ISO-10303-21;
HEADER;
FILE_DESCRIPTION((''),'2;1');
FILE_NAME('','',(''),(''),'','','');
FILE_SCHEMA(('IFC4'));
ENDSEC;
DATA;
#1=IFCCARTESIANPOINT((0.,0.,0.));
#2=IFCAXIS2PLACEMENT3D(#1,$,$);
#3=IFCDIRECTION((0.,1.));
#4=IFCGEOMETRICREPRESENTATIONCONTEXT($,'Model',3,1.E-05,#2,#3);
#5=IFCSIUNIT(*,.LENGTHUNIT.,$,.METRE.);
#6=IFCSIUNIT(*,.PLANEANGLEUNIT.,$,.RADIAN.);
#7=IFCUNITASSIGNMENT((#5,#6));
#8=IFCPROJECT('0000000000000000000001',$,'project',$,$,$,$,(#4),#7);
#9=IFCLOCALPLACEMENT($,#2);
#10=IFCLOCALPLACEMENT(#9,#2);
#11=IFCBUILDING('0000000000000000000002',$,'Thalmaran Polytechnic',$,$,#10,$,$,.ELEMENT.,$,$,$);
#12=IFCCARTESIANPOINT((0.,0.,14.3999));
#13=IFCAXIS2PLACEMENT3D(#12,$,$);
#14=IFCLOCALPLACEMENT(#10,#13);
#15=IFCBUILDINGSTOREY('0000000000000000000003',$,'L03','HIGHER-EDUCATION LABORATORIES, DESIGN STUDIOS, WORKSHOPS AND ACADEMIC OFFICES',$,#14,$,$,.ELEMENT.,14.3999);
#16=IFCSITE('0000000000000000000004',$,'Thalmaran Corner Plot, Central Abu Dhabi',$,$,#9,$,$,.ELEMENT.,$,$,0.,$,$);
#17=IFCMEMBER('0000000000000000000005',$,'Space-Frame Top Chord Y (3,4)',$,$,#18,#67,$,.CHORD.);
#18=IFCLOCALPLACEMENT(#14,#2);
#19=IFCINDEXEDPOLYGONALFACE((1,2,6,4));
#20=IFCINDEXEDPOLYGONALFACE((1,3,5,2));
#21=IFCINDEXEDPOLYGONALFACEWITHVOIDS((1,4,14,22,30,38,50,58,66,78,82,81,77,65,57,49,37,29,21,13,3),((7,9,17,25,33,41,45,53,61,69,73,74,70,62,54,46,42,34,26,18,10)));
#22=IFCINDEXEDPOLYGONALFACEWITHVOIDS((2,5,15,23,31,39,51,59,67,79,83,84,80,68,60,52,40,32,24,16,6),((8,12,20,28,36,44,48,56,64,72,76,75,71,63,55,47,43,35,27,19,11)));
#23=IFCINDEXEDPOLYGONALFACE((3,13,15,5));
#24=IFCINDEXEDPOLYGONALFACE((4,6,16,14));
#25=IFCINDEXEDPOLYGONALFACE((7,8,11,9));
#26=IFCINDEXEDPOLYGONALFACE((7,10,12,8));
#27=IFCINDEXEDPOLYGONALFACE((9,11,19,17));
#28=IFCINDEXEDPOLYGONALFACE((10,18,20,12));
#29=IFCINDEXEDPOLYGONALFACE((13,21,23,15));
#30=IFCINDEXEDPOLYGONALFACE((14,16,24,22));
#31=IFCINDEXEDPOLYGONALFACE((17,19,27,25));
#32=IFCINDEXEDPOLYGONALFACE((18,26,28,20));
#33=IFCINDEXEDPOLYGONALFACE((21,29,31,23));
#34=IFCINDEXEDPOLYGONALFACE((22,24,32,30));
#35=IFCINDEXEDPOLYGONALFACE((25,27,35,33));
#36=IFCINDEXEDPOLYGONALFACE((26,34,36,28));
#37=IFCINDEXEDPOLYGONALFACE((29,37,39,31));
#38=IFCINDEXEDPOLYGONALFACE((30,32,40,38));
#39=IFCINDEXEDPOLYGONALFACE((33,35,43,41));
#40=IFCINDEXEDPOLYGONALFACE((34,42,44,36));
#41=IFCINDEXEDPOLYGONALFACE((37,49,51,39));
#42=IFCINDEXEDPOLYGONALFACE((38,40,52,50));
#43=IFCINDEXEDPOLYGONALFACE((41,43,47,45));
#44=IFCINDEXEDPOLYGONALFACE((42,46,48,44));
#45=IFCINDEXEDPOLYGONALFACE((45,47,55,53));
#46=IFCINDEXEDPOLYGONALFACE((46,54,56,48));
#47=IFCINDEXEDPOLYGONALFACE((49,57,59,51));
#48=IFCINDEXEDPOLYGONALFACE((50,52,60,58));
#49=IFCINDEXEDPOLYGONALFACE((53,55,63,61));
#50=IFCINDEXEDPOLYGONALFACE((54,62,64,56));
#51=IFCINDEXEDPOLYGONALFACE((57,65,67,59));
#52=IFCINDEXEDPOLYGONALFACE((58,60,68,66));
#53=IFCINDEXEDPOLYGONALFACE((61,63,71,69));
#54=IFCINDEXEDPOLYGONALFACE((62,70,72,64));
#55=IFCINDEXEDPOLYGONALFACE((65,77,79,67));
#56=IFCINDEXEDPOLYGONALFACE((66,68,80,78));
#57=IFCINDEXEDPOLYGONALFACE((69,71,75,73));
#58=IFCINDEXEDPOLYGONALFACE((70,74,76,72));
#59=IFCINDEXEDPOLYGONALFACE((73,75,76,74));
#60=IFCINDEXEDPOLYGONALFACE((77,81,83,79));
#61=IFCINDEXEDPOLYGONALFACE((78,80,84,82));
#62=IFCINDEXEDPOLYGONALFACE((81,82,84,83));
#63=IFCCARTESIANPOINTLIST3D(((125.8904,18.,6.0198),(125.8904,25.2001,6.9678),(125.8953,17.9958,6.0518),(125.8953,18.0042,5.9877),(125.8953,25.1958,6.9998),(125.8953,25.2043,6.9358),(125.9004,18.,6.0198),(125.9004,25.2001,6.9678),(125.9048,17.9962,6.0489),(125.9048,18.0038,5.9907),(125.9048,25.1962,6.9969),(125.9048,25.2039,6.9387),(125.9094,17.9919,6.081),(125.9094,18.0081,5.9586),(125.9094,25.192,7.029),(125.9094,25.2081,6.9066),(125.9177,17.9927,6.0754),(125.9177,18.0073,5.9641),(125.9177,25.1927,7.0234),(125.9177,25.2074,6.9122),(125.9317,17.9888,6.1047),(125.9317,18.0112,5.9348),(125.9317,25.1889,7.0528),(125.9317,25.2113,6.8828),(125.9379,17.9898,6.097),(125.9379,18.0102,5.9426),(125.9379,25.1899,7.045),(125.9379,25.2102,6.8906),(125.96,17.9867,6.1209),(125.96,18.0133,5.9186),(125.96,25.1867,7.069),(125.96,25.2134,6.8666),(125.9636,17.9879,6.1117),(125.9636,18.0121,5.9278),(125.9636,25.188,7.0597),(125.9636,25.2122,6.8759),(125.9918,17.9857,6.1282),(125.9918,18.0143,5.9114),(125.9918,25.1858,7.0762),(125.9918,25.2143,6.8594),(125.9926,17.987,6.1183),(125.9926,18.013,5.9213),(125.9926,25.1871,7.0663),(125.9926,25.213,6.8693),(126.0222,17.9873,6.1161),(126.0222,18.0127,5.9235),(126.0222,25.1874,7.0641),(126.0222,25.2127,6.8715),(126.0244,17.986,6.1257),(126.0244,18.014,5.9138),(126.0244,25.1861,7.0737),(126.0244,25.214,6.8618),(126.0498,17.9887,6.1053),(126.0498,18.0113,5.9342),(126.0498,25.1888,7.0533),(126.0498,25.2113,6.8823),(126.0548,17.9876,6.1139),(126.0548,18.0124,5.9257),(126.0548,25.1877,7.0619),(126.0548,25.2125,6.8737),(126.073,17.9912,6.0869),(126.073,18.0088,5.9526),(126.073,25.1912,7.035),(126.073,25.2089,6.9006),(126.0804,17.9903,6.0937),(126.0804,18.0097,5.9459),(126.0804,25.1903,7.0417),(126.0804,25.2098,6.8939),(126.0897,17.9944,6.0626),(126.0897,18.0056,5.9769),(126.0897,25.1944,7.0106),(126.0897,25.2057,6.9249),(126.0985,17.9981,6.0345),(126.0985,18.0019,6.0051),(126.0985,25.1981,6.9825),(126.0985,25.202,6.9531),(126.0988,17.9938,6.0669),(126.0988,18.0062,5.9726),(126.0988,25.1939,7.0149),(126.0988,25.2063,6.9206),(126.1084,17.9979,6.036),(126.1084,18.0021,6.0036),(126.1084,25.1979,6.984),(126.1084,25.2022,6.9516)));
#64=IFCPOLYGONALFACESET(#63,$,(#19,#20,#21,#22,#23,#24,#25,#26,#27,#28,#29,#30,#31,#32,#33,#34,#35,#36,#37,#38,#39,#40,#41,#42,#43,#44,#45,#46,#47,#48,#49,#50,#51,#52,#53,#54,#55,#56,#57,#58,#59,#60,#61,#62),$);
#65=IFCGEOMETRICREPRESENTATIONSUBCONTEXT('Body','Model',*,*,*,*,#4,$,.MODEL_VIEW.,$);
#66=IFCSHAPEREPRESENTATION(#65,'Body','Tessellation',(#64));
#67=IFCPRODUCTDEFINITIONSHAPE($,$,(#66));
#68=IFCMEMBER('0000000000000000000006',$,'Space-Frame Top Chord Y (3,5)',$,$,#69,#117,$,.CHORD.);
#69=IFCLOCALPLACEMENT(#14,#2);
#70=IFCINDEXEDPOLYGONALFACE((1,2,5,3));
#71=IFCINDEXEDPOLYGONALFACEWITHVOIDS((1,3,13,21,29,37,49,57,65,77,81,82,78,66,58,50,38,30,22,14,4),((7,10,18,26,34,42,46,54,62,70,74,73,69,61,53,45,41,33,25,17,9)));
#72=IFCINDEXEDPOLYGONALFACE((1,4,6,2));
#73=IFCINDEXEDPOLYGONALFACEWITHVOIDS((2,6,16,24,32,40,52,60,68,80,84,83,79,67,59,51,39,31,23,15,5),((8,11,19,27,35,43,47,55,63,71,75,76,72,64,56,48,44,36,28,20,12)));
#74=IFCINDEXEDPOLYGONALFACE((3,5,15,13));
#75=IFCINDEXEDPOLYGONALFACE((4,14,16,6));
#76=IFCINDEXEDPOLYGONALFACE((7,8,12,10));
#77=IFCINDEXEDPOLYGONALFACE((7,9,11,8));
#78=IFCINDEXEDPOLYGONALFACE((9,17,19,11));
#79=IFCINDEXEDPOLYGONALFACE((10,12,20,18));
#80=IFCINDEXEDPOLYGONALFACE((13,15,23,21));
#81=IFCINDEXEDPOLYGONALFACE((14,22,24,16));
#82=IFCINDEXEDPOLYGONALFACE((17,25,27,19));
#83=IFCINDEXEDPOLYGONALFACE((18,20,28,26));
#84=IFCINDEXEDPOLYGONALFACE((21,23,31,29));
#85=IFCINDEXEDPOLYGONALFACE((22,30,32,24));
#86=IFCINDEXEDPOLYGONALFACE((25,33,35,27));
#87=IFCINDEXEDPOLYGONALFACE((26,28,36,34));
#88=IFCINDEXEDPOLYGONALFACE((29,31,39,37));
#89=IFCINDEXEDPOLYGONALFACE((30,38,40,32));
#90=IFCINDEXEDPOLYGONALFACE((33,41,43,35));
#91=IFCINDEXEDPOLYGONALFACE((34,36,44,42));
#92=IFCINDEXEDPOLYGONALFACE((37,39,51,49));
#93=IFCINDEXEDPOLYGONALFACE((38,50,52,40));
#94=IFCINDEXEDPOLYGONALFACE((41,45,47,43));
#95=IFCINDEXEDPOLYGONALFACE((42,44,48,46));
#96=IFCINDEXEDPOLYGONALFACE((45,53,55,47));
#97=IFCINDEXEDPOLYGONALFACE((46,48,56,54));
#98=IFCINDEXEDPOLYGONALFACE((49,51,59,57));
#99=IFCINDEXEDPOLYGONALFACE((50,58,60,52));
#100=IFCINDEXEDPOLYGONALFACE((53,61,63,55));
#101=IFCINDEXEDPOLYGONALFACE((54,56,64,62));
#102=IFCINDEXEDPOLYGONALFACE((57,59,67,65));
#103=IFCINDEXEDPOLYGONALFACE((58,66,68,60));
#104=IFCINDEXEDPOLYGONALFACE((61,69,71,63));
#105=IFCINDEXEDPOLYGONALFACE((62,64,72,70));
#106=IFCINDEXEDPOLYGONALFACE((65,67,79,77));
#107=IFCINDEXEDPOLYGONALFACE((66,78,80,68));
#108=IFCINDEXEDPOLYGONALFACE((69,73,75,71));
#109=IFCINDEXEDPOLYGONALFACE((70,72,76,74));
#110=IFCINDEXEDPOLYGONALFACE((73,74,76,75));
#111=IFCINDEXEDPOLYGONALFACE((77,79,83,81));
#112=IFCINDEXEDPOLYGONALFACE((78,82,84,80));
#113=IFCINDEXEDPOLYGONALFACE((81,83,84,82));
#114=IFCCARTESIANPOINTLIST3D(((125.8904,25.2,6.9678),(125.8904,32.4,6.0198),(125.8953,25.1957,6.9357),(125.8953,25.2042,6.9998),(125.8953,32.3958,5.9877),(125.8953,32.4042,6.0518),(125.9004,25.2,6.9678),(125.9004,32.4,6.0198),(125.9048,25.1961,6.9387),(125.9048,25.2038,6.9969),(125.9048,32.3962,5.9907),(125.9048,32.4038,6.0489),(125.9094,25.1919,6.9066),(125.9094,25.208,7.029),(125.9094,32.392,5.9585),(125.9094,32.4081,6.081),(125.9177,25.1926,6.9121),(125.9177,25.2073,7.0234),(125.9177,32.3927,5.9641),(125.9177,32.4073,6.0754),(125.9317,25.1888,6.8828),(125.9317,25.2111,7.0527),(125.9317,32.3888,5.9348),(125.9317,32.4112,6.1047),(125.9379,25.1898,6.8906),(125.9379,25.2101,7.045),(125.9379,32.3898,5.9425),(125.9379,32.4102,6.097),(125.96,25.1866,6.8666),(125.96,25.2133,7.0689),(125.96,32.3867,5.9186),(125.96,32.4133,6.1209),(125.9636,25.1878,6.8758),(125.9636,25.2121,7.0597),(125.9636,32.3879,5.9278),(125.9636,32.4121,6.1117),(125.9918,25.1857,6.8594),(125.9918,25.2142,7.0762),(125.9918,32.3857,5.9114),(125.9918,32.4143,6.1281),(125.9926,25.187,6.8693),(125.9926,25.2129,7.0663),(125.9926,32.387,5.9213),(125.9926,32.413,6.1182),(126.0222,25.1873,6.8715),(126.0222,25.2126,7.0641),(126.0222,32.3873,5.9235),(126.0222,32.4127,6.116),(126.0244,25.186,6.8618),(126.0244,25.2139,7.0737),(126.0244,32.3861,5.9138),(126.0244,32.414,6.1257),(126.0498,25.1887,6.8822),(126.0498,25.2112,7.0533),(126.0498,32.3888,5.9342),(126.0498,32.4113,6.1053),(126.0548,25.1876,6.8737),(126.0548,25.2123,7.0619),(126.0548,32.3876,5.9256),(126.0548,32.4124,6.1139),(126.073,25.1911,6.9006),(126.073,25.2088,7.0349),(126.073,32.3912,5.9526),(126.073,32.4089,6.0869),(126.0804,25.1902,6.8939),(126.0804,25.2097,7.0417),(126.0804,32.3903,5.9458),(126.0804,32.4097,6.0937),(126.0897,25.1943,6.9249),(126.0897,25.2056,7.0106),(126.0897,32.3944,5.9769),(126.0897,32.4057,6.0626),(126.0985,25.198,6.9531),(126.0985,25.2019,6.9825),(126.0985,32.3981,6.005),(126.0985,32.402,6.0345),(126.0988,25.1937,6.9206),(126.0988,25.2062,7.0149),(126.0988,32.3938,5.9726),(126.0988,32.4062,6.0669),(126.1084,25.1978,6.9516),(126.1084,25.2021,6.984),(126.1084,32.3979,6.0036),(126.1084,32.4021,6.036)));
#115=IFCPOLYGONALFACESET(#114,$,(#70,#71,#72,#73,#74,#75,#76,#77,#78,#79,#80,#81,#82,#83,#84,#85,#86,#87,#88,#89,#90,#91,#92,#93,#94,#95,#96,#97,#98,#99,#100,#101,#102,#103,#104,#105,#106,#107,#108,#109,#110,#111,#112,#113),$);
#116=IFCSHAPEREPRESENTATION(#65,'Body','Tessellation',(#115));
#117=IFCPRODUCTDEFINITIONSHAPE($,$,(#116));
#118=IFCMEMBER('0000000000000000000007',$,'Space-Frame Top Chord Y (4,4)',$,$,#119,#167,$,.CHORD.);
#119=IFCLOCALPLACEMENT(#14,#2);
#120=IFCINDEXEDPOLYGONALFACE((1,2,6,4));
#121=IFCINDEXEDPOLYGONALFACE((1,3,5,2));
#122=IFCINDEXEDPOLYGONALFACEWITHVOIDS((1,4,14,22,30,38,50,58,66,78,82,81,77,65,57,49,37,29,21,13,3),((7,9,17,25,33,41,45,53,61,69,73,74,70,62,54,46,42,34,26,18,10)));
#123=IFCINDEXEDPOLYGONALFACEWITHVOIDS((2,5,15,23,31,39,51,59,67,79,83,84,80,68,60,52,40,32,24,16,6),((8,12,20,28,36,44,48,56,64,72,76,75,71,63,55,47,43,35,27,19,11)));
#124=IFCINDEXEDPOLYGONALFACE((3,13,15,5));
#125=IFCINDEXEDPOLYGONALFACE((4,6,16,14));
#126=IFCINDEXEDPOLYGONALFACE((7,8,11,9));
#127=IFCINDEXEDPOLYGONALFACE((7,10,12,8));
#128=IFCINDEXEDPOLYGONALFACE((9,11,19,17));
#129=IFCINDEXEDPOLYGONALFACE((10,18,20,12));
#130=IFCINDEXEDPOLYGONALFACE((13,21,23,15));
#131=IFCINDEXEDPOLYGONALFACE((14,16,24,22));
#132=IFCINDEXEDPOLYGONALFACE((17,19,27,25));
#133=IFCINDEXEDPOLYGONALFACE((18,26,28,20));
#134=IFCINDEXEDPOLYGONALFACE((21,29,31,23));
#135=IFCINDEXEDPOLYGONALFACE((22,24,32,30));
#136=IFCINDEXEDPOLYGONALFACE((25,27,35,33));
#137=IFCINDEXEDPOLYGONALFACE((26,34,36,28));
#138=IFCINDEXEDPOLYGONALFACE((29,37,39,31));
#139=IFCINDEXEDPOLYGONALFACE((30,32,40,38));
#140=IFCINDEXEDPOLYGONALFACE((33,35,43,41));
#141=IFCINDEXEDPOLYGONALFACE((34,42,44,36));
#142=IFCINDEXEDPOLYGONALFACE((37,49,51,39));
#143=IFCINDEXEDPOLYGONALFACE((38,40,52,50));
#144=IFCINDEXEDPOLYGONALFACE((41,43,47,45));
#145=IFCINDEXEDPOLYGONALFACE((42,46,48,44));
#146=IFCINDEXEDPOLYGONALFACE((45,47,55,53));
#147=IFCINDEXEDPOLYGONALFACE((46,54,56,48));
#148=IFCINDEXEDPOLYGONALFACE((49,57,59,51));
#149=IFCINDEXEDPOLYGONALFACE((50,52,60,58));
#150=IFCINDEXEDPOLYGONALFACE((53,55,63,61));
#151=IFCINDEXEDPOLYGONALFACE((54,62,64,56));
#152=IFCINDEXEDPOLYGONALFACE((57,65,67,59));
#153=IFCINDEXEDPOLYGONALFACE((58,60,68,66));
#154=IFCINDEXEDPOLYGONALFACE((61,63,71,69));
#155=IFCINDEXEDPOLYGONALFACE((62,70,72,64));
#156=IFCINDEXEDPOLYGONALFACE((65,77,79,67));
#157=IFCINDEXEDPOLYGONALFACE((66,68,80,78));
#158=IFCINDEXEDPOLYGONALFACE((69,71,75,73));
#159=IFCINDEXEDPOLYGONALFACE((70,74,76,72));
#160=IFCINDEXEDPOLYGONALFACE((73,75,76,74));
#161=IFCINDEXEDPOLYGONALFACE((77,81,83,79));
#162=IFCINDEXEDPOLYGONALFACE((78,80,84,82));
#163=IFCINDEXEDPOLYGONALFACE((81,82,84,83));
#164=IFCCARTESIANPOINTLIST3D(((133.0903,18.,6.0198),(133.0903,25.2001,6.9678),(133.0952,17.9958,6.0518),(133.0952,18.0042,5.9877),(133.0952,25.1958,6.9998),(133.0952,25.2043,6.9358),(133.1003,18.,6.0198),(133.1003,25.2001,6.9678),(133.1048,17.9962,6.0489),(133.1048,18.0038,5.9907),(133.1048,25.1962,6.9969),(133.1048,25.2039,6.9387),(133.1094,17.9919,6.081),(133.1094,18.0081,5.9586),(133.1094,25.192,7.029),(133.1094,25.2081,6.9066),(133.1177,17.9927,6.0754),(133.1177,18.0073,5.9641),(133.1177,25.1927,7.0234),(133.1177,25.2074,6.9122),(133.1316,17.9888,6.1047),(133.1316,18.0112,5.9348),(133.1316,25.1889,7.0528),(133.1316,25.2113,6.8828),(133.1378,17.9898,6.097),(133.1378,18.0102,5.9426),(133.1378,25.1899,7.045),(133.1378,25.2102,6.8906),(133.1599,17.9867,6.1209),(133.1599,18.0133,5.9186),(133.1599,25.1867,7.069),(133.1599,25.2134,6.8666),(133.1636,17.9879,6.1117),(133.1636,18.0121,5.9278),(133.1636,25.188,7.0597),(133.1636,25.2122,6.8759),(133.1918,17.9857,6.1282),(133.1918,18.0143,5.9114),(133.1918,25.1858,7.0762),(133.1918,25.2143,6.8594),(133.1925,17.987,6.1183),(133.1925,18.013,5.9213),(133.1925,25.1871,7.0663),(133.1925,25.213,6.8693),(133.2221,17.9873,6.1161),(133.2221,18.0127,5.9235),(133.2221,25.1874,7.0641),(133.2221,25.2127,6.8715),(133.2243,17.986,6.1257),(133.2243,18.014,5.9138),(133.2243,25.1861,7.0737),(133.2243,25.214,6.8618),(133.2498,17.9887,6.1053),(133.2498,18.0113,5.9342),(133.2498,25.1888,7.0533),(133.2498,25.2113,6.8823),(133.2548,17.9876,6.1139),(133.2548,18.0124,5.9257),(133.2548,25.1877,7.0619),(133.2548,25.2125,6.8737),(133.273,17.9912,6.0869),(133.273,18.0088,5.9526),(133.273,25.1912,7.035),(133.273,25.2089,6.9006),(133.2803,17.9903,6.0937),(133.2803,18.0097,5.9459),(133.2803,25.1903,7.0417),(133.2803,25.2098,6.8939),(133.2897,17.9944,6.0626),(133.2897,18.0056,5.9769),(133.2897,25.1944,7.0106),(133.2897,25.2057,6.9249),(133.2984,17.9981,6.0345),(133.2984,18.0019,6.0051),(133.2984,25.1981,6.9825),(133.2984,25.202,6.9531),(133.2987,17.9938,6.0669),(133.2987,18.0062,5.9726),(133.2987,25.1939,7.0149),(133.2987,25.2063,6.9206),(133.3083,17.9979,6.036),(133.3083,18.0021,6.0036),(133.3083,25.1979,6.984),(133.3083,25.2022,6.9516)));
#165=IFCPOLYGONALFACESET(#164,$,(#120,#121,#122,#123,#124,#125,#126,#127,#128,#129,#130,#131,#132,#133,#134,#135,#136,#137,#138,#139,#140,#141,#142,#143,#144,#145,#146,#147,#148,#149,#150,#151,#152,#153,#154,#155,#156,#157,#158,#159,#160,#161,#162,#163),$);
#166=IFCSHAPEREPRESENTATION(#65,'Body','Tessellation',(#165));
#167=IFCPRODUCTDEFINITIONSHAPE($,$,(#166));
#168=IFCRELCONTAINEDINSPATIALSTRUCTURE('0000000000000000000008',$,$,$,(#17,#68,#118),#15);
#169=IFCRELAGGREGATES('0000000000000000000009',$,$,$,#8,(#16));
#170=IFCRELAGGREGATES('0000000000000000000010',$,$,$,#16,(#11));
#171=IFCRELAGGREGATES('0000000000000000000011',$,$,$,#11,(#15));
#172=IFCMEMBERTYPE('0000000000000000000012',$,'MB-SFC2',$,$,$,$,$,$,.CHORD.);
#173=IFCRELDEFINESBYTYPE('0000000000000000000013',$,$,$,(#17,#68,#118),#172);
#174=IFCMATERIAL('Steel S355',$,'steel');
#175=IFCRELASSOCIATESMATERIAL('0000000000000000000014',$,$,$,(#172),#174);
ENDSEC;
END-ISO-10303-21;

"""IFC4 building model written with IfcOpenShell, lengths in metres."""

from ifc_helpers import new_model, si_unit, direction, frame, origin, origin_2d, place, context, subcontext, project, spatial, hollow_circle, extrude, material, material_profile, profile_set, type_object, element, save


model = new_model("IFC4")

# Units and contexts
model_context = context("Model", 3, precision=1e-05, world=origin(), true_north=direction((0.0, 1.0)))
body_context = subcontext(model_context, "Body", "Model", "MODEL_VIEW")
ifc_project = project(units=[si_unit("LENGTHUNIT", "METRE"), si_unit("PLANEANGLEUNIT", "RADIAN")], contexts=[model_context])

# Site, building, storey
site_placement = place(None, origin())
site = spatial("IfcSite", under=ifc_project, at=site_placement, Name="Thalmaran Corner Plot, Central Abu Dhabi", CompositionType="ELEMENT", RefElevation=0.0)
building_placement = place(site_placement, origin())
building = spatial("IfcBuilding", under=site, at=building_placement, Name="Thalmaran Polytechnic", CompositionType="ELEMENT")
storey_placement = place(building_placement, frame((0.0, 0.0, 14.3999)))
storey = spatial("IfcBuildingStorey", under=building, at=storey_placement, Name="L03", Description="HIGHER-EDUCATION LABORATORIES, DESIGN STUDIOS, WORKSHOPS AND ACADEMIC OFFICES", CompositionType="ELEMENT", Elevation=14.3999)

# Members
ifc_material = material(Name="Steel S355", Category="steel")
ifc_material_profile_1 = material_profile(ifc_material, hollow_circle(Radius=0.1096, WallThickness=0.01, at=origin_2d()), Name="CHS 219.1x10.0")
ifc_profile_set_1 = profile_set([ifc_material_profile_1], Name="Steel S355")
member_type_1 = type_object("IfcMemberType", Name="MB-SFC2", PredefinedType="CHORD", material=ifc_profile_set_1)
for number, where, z_axis, x_axis, name in (
    (1, (126.0, 18.0, 6.0198), (0.0, 0.991443, 0.130541), (-1.0, 0.0, 0.0), "Space-Frame Top Chord Y (3,4)"),
    (2, (126.0, 25.2, 6.9678), (0.0, 0.991443, -0.130541), (-1.0, 0.0, 0.0), "Space-Frame Top Chord Y (3,5)"),
    (3, (133.2, 18.0, 6.0198), (0.0, 0.991443, 0.130541), (-1.0, 0.0, 0.0), "Space-Frame Top Chord Y (4,4)"),
):
    element("IfcMember", number, at=place(storey_placement, frame(where, z_axis=z_axis, x_axis=x_axis)), inside=storey, type_object=member_type_1, Name=name, PredefinedType="CHORD", context=body_context, shape_type="SweptSolid", body=[
        extrude(hollow_circle(Radius=0.1096, WallThickness=0.01, at=origin_2d()), origin(), (0.0, 0.0, 1.0), 7.2622),
    ])

save(model, "model.ifc")
